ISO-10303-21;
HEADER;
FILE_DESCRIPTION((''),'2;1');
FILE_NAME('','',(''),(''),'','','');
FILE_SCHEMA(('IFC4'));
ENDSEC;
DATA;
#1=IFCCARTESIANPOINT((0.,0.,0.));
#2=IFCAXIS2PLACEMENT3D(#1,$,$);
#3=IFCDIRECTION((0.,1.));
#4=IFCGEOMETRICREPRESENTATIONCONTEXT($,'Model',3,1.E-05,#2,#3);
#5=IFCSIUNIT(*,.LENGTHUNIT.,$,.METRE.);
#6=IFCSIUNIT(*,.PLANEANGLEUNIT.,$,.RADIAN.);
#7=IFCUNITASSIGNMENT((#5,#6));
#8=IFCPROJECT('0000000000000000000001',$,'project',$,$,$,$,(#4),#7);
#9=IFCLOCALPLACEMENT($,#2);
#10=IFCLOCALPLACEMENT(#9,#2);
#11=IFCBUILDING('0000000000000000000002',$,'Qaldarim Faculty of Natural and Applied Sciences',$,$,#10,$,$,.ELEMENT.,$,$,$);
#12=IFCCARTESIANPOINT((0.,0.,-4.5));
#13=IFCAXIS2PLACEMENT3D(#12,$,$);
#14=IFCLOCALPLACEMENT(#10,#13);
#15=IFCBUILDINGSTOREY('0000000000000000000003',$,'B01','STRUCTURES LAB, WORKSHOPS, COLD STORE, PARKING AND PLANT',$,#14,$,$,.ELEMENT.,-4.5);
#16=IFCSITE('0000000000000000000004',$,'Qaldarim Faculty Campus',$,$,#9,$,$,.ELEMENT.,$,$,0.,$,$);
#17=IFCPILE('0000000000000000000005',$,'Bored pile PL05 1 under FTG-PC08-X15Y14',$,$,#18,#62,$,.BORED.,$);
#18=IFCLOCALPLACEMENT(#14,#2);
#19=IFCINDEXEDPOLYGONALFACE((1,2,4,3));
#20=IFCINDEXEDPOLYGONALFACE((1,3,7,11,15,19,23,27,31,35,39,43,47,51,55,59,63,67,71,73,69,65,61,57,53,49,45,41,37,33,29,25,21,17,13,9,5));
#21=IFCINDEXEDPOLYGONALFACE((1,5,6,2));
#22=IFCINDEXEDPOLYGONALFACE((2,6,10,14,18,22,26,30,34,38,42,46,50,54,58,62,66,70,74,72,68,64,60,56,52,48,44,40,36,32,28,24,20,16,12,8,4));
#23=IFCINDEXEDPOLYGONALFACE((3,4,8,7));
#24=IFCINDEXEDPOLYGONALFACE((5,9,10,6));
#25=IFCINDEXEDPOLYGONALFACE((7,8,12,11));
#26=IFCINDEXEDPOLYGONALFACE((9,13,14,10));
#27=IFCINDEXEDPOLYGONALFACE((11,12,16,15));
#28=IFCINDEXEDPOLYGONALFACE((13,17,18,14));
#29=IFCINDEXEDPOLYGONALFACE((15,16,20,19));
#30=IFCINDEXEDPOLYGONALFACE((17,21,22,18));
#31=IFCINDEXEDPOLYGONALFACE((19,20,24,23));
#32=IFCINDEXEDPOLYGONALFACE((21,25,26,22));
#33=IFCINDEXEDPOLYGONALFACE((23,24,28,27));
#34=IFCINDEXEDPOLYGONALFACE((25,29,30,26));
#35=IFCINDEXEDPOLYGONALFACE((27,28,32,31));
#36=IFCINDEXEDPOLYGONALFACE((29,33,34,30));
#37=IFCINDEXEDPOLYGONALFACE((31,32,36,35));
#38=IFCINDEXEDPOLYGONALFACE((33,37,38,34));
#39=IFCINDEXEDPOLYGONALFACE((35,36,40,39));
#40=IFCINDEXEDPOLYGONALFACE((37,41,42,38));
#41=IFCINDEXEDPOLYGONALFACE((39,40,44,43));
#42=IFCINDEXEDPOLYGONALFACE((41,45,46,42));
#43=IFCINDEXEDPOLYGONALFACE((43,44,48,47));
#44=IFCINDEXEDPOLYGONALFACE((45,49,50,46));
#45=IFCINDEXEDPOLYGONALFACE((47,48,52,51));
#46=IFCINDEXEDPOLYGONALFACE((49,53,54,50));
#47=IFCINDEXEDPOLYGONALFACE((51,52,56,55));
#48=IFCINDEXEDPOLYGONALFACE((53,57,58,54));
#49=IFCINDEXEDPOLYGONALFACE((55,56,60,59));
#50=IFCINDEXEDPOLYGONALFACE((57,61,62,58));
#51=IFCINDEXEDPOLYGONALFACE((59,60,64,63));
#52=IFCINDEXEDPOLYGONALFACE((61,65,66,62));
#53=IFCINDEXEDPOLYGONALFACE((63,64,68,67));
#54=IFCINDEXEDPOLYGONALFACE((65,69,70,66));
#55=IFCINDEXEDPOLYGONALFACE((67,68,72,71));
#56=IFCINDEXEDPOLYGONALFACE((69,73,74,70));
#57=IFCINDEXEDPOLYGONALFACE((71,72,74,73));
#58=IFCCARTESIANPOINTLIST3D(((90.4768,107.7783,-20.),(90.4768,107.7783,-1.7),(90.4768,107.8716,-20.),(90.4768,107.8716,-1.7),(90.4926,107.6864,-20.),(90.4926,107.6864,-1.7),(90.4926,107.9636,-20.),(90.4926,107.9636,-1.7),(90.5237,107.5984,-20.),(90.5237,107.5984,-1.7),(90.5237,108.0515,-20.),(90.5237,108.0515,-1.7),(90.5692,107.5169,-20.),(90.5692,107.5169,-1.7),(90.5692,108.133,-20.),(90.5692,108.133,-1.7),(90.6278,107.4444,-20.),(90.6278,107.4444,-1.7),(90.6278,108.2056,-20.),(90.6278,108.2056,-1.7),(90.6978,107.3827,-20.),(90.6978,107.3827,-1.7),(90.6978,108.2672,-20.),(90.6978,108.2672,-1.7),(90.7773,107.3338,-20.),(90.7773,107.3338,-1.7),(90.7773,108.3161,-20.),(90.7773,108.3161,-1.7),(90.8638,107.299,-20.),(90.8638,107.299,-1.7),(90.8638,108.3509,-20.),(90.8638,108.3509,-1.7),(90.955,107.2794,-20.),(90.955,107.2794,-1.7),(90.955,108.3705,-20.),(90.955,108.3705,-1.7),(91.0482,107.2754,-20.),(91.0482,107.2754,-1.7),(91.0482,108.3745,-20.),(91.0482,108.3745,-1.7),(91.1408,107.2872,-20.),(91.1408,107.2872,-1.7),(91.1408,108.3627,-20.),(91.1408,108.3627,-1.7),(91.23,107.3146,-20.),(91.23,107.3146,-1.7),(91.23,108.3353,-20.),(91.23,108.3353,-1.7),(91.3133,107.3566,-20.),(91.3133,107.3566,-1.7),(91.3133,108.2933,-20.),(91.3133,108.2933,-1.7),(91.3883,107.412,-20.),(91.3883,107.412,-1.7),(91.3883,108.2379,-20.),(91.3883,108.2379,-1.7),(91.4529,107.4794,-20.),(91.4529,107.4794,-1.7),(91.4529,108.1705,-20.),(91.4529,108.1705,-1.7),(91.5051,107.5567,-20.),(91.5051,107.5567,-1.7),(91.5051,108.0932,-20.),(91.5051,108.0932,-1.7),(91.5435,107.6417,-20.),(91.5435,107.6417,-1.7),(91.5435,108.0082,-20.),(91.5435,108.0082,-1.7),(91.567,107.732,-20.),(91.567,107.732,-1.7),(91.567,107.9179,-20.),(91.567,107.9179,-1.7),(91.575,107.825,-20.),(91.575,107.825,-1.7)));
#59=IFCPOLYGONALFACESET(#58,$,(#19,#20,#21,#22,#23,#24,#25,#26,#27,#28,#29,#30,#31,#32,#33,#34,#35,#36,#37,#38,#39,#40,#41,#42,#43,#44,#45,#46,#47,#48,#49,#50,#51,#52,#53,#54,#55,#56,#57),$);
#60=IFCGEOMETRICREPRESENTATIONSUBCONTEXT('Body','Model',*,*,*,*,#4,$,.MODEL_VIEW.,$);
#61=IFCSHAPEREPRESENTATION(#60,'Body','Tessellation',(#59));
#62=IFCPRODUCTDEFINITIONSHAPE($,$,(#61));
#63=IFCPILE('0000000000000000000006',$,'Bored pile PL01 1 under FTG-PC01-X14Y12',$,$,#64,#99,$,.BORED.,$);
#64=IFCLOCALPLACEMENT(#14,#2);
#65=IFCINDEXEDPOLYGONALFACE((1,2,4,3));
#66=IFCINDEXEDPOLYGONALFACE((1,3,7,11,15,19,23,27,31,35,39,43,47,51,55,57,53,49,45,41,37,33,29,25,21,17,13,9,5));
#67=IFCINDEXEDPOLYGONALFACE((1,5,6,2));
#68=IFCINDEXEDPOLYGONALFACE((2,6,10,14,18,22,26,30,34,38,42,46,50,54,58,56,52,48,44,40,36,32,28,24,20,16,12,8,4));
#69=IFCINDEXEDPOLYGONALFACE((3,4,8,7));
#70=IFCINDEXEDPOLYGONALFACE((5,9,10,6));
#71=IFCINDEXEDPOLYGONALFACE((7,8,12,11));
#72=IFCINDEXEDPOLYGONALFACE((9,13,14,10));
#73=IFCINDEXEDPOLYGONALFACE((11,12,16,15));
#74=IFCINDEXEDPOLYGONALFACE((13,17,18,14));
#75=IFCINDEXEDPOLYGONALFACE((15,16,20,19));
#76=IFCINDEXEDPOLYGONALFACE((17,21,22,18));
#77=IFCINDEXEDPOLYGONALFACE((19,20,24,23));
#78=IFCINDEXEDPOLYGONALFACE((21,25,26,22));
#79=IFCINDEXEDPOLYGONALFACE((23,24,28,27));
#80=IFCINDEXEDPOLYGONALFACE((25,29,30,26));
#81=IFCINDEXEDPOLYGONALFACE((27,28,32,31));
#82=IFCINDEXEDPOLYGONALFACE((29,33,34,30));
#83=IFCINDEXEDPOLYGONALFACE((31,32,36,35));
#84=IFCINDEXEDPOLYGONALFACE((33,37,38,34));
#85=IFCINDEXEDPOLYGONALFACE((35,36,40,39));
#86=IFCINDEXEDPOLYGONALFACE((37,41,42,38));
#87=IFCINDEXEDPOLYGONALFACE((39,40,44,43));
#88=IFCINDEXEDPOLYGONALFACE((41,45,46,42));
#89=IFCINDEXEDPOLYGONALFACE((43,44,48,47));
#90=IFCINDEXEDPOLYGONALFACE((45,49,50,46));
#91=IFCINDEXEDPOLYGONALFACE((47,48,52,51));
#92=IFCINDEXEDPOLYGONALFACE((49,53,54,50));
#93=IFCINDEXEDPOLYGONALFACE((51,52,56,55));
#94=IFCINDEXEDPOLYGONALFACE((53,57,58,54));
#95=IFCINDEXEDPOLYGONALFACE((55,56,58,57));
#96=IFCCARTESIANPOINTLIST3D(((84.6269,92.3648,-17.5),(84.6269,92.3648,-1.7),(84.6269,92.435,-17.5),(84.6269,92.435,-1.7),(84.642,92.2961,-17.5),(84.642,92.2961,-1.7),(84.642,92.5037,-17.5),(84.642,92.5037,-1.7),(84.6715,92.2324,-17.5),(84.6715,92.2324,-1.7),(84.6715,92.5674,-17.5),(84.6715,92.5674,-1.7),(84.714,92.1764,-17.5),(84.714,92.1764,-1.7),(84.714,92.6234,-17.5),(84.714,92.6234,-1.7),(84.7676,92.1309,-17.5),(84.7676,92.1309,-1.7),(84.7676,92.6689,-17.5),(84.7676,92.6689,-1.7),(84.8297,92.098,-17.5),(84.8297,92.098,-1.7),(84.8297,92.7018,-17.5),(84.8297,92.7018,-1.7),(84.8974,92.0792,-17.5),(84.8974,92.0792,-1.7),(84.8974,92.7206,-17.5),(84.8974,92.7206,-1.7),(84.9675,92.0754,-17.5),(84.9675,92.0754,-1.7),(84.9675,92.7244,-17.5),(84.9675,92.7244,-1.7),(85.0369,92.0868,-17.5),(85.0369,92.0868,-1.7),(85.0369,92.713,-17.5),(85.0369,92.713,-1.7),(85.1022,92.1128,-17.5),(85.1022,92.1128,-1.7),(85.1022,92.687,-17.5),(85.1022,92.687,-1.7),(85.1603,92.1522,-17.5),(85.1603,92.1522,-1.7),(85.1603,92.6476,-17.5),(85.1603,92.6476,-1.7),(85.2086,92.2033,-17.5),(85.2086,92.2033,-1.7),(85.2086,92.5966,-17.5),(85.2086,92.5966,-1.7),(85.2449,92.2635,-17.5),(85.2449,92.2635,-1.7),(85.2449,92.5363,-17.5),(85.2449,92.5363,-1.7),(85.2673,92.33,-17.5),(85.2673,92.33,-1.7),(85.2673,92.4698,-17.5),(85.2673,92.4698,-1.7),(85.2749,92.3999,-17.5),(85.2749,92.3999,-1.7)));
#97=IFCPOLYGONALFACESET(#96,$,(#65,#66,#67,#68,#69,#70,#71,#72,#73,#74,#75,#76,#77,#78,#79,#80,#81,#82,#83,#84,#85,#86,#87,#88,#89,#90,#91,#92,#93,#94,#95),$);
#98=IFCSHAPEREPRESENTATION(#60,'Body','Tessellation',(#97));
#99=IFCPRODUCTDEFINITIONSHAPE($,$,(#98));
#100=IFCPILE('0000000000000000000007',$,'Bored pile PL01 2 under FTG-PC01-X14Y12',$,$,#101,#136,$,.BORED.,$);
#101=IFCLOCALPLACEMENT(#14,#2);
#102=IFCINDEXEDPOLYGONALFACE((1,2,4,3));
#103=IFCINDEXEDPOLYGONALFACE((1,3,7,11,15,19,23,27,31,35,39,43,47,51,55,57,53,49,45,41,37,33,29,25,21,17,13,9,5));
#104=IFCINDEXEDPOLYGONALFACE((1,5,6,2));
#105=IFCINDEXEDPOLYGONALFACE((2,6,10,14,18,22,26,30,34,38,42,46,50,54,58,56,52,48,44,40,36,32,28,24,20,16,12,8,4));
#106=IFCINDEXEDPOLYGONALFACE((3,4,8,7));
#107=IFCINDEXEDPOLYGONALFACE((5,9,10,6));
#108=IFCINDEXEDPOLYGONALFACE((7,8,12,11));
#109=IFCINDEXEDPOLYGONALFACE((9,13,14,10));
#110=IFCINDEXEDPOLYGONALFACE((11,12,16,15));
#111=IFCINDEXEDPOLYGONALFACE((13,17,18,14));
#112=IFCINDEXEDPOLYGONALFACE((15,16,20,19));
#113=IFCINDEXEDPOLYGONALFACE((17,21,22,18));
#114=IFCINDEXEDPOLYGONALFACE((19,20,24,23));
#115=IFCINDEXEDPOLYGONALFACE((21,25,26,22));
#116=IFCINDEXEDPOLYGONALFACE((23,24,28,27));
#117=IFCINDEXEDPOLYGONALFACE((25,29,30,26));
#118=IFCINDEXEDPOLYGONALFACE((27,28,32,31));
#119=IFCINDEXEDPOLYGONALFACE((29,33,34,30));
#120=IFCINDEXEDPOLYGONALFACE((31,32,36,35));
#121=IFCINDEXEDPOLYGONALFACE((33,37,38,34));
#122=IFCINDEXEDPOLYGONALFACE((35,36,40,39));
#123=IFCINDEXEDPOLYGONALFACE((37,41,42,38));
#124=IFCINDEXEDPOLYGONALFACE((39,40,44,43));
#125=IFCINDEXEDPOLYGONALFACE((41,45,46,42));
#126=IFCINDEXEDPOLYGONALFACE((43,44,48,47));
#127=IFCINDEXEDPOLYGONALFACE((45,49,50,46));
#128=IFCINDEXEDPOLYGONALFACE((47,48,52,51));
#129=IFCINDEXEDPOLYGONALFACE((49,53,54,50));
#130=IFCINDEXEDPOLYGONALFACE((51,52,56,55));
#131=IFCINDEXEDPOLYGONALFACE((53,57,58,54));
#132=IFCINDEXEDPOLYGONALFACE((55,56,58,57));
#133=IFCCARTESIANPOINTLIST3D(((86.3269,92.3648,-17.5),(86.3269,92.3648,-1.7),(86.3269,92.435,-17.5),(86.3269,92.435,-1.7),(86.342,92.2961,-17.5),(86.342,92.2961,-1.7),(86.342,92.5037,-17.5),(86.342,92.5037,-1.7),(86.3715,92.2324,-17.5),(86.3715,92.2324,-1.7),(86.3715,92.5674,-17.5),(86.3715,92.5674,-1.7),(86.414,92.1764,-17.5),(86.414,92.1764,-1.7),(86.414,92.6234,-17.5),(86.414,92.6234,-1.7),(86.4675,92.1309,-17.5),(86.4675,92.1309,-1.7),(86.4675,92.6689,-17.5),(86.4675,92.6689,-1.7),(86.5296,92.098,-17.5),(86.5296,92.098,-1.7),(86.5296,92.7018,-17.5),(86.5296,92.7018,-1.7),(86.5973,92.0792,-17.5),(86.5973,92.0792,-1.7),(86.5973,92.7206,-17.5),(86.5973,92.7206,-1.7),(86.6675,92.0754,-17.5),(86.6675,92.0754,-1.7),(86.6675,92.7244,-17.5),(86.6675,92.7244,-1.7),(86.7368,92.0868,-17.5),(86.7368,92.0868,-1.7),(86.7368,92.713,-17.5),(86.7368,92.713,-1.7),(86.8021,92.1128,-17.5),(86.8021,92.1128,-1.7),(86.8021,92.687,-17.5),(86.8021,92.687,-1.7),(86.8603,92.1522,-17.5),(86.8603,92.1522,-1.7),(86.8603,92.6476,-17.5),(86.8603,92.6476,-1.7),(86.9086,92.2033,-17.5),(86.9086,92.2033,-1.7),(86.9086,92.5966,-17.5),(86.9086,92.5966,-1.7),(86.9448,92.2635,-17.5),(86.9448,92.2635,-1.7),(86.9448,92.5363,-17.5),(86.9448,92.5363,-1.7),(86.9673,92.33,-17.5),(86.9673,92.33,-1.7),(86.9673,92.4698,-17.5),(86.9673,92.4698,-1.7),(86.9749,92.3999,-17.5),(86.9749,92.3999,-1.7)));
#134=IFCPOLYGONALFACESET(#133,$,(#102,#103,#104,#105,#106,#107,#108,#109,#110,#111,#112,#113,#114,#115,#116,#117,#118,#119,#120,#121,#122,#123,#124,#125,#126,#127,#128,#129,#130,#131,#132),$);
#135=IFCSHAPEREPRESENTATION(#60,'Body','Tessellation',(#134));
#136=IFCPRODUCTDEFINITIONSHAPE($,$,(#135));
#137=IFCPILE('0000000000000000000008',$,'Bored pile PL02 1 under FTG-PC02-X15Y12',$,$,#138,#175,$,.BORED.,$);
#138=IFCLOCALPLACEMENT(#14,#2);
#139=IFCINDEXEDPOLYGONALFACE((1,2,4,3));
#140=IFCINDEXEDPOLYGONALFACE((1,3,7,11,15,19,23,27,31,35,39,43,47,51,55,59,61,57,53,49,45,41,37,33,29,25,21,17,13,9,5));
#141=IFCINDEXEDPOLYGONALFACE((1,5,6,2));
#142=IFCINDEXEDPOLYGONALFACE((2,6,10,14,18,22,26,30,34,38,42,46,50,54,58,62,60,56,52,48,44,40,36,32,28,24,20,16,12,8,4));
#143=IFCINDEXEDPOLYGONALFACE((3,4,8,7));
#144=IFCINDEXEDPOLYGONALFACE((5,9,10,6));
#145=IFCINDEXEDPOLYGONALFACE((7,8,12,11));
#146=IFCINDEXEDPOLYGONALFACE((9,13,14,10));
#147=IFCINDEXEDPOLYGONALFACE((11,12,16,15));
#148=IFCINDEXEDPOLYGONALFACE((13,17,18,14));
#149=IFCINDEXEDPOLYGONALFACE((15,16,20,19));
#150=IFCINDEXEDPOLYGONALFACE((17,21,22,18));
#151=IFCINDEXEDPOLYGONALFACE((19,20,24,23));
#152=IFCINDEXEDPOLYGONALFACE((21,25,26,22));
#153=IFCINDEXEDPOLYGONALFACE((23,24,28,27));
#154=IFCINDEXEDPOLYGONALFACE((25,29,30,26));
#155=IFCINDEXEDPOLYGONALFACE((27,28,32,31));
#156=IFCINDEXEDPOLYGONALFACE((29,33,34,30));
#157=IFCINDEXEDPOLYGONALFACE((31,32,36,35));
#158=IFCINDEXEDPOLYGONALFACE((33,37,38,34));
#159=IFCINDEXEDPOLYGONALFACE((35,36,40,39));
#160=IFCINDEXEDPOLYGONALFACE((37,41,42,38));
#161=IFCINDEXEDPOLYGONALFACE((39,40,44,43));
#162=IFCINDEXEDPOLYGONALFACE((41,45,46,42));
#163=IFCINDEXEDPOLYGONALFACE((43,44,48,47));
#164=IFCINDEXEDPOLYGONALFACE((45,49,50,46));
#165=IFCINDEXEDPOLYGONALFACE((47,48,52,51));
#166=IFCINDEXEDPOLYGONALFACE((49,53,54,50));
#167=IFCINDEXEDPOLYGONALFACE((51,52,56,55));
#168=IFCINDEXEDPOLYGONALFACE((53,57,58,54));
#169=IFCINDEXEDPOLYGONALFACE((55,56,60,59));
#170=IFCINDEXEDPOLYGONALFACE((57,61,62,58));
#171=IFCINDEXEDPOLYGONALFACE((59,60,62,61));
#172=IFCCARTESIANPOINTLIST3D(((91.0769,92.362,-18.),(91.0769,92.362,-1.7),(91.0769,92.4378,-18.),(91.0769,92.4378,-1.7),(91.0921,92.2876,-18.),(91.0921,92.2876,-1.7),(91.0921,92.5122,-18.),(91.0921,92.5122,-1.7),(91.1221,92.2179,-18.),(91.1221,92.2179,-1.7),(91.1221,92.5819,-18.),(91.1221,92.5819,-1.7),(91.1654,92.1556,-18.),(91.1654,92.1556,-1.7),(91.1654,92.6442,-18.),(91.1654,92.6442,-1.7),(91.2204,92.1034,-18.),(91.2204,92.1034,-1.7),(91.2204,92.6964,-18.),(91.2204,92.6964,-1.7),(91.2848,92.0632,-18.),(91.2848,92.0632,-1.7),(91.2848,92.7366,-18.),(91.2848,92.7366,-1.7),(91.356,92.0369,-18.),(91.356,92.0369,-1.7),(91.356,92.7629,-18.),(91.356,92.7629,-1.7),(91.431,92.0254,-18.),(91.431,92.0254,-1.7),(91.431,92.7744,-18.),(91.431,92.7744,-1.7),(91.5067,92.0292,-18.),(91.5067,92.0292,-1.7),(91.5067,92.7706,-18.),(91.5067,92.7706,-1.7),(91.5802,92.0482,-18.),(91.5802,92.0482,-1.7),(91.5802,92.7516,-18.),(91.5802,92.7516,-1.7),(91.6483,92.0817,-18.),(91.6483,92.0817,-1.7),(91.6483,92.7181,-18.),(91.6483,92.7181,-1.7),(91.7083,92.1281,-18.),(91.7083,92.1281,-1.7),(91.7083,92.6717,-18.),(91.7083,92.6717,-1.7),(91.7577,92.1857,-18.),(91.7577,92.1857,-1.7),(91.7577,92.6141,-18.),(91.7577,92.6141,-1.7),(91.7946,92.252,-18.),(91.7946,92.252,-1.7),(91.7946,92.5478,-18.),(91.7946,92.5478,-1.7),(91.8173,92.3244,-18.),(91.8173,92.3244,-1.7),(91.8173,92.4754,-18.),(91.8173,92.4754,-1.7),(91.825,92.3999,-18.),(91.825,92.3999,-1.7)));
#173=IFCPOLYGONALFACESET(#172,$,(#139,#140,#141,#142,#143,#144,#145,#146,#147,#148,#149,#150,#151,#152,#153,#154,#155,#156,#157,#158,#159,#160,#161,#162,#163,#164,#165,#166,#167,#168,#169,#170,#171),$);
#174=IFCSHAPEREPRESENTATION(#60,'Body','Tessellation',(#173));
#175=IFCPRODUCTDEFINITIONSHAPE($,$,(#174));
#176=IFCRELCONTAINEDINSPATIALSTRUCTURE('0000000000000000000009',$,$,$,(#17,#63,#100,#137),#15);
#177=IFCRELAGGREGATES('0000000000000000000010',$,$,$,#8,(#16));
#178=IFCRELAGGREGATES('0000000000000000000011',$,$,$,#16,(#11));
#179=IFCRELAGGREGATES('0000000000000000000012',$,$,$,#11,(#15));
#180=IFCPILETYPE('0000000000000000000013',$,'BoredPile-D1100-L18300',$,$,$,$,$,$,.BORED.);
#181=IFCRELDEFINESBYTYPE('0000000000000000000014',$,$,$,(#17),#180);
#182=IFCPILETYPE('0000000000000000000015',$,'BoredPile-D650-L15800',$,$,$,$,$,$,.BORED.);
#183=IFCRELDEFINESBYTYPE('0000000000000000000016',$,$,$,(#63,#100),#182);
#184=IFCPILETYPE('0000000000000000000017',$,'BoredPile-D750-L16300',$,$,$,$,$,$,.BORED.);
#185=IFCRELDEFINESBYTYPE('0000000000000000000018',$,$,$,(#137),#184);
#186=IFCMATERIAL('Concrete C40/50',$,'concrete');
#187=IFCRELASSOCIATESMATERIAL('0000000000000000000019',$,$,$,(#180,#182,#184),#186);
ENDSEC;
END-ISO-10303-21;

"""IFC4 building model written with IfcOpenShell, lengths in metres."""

from ifc_helpers import new_model, si_unit, direction, frame, origin, origin_2d, place, context, subcontext, project, spatial, circle, extrude, material, material_profile, profile_set, type_object, element, save


model = new_model("IFC4")

# Units and contexts
model_context = context("Model", 3, precision=1e-05, world=origin(), true_north=direction((0.0, 1.0)))
body_context = subcontext(model_context, "Body", "Model", "MODEL_VIEW")
ifc_project = project(units=[si_unit("LENGTHUNIT", "METRE"), si_unit("PLANEANGLEUNIT", "RADIAN")], contexts=[model_context])

# Site, building, storey
site_placement = place(None, origin())
site = spatial("IfcSite", under=ifc_project, at=site_placement, Name="Qaldarim Faculty Campus", CompositionType="ELEMENT", RefElevation=0.0)
building_placement = place(site_placement, origin())
building = spatial("IfcBuilding", under=site, at=building_placement, Name="Qaldarim Faculty of Natural and Applied Sciences", CompositionType="ELEMENT")
storey_placement = place(building_placement, frame((0.0, 0.0, -4.5)))
storey = spatial("IfcBuildingStorey", under=building, at=storey_placement, Name="B01", Description="STRUCTURES LAB, WORKSHOPS, COLD STORE, PARKING AND PLANT", CompositionType="ELEMENT", Elevation=-4.5)

# Piles
ifc_material_1 = material(Name="Concrete C40/50", Category="concrete")
ifc_material_profile_1 = material_profile(ifc_material_1, circle(Radius=0.55, at=origin_2d()), Name="PILE-D1100")
ifc_profile_set_1 = profile_set([ifc_material_profile_1], Name="Concrete C40/50")
pile_type_1 = type_object("IfcPileType", Name="BoredPile-D1100-L18300", PredefinedType="BORED", material=ifc_profile_set_1)
pile_1_placement = place(storey_placement, frame((91.0249, 107.825, -1.7), z_axis=(0.0, 0.0, -1.0), x_axis=(1.0, 0.0, 0.0)))
element("IfcPile", 1, at=pile_1_placement, inside=storey, type_object=pile_type_1, Name="Bored pile PL05 1 under FTG-PC08-X15Y14", PredefinedType="BORED", context=body_context, shape_type="SweptSolid", body=[
    extrude(circle(Radius=0.55, at=origin_2d()), origin(), (0.0, 0.0, 1.0), 18.3),
])
ifc_material_profile_2 = material_profile(ifc_material_1, circle(Radius=0.325, at=origin_2d()), Name="PILE-D650")
ifc_profile_set_2 = profile_set([ifc_material_profile_2], Name="Concrete C40/50")
pile_type_2 = type_object("IfcPileType", Name="BoredPile-D650-L15800", PredefinedType="BORED", material=ifc_profile_set_2)
for number, where, z_axis, x_axis, name in (
    (2, (84.95, 92.3999, -1.7), (0.0, 0.0, -1.0), (1.0, 0.0, 0.0), "Bored pile PL01 1 under FTG-PC01-X14Y12"),
    (3, (86.6499, 92.3999, -1.7), (0.0, 0.0, -1.0), (1.0, 0.0, 0.0), "Bored pile PL01 2 under FTG-PC01-X14Y12"),
):
    element("IfcPile", number, at=place(storey_placement, frame(where, z_axis=z_axis, x_axis=x_axis)), inside=storey, type_object=pile_type_2, Name=name, PredefinedType="BORED", context=body_context, shape_type="SweptSolid", body=[
        extrude(circle(Radius=0.325, at=origin_2d()), origin(), (0.0, 0.0, 1.0), 15.8),
    ])
ifc_material_profile_3 = material_profile(ifc_material_1, circle(Radius=0.375, at=origin_2d()), Name="PILE-D750")
ifc_profile_set_3 = profile_set([ifc_material_profile_3], Name="Concrete C40/50")
pile_type_3 = type_object("IfcPileType", Name="BoredPile-D750-L16300", PredefinedType="BORED", material=ifc_profile_set_3)
pile_2_placement = place(storey_placement, frame((91.45, 92.3999, -1.7), z_axis=(0.0, 0.0, -1.0), x_axis=(1.0, 0.0, 0.0)))
element("IfcPile", 4, at=pile_2_placement, inside=storey, type_object=pile_type_3, Name="Bored pile PL02 1 under FTG-PC02-X15Y12", PredefinedType="BORED", context=body_context, shape_type="SweptSolid", body=[
    extrude(circle(Radius=0.375, at=origin_2d()), origin(), (0.0, 0.0, 1.0), 16.3),
])

save(model, "model.ifc")
